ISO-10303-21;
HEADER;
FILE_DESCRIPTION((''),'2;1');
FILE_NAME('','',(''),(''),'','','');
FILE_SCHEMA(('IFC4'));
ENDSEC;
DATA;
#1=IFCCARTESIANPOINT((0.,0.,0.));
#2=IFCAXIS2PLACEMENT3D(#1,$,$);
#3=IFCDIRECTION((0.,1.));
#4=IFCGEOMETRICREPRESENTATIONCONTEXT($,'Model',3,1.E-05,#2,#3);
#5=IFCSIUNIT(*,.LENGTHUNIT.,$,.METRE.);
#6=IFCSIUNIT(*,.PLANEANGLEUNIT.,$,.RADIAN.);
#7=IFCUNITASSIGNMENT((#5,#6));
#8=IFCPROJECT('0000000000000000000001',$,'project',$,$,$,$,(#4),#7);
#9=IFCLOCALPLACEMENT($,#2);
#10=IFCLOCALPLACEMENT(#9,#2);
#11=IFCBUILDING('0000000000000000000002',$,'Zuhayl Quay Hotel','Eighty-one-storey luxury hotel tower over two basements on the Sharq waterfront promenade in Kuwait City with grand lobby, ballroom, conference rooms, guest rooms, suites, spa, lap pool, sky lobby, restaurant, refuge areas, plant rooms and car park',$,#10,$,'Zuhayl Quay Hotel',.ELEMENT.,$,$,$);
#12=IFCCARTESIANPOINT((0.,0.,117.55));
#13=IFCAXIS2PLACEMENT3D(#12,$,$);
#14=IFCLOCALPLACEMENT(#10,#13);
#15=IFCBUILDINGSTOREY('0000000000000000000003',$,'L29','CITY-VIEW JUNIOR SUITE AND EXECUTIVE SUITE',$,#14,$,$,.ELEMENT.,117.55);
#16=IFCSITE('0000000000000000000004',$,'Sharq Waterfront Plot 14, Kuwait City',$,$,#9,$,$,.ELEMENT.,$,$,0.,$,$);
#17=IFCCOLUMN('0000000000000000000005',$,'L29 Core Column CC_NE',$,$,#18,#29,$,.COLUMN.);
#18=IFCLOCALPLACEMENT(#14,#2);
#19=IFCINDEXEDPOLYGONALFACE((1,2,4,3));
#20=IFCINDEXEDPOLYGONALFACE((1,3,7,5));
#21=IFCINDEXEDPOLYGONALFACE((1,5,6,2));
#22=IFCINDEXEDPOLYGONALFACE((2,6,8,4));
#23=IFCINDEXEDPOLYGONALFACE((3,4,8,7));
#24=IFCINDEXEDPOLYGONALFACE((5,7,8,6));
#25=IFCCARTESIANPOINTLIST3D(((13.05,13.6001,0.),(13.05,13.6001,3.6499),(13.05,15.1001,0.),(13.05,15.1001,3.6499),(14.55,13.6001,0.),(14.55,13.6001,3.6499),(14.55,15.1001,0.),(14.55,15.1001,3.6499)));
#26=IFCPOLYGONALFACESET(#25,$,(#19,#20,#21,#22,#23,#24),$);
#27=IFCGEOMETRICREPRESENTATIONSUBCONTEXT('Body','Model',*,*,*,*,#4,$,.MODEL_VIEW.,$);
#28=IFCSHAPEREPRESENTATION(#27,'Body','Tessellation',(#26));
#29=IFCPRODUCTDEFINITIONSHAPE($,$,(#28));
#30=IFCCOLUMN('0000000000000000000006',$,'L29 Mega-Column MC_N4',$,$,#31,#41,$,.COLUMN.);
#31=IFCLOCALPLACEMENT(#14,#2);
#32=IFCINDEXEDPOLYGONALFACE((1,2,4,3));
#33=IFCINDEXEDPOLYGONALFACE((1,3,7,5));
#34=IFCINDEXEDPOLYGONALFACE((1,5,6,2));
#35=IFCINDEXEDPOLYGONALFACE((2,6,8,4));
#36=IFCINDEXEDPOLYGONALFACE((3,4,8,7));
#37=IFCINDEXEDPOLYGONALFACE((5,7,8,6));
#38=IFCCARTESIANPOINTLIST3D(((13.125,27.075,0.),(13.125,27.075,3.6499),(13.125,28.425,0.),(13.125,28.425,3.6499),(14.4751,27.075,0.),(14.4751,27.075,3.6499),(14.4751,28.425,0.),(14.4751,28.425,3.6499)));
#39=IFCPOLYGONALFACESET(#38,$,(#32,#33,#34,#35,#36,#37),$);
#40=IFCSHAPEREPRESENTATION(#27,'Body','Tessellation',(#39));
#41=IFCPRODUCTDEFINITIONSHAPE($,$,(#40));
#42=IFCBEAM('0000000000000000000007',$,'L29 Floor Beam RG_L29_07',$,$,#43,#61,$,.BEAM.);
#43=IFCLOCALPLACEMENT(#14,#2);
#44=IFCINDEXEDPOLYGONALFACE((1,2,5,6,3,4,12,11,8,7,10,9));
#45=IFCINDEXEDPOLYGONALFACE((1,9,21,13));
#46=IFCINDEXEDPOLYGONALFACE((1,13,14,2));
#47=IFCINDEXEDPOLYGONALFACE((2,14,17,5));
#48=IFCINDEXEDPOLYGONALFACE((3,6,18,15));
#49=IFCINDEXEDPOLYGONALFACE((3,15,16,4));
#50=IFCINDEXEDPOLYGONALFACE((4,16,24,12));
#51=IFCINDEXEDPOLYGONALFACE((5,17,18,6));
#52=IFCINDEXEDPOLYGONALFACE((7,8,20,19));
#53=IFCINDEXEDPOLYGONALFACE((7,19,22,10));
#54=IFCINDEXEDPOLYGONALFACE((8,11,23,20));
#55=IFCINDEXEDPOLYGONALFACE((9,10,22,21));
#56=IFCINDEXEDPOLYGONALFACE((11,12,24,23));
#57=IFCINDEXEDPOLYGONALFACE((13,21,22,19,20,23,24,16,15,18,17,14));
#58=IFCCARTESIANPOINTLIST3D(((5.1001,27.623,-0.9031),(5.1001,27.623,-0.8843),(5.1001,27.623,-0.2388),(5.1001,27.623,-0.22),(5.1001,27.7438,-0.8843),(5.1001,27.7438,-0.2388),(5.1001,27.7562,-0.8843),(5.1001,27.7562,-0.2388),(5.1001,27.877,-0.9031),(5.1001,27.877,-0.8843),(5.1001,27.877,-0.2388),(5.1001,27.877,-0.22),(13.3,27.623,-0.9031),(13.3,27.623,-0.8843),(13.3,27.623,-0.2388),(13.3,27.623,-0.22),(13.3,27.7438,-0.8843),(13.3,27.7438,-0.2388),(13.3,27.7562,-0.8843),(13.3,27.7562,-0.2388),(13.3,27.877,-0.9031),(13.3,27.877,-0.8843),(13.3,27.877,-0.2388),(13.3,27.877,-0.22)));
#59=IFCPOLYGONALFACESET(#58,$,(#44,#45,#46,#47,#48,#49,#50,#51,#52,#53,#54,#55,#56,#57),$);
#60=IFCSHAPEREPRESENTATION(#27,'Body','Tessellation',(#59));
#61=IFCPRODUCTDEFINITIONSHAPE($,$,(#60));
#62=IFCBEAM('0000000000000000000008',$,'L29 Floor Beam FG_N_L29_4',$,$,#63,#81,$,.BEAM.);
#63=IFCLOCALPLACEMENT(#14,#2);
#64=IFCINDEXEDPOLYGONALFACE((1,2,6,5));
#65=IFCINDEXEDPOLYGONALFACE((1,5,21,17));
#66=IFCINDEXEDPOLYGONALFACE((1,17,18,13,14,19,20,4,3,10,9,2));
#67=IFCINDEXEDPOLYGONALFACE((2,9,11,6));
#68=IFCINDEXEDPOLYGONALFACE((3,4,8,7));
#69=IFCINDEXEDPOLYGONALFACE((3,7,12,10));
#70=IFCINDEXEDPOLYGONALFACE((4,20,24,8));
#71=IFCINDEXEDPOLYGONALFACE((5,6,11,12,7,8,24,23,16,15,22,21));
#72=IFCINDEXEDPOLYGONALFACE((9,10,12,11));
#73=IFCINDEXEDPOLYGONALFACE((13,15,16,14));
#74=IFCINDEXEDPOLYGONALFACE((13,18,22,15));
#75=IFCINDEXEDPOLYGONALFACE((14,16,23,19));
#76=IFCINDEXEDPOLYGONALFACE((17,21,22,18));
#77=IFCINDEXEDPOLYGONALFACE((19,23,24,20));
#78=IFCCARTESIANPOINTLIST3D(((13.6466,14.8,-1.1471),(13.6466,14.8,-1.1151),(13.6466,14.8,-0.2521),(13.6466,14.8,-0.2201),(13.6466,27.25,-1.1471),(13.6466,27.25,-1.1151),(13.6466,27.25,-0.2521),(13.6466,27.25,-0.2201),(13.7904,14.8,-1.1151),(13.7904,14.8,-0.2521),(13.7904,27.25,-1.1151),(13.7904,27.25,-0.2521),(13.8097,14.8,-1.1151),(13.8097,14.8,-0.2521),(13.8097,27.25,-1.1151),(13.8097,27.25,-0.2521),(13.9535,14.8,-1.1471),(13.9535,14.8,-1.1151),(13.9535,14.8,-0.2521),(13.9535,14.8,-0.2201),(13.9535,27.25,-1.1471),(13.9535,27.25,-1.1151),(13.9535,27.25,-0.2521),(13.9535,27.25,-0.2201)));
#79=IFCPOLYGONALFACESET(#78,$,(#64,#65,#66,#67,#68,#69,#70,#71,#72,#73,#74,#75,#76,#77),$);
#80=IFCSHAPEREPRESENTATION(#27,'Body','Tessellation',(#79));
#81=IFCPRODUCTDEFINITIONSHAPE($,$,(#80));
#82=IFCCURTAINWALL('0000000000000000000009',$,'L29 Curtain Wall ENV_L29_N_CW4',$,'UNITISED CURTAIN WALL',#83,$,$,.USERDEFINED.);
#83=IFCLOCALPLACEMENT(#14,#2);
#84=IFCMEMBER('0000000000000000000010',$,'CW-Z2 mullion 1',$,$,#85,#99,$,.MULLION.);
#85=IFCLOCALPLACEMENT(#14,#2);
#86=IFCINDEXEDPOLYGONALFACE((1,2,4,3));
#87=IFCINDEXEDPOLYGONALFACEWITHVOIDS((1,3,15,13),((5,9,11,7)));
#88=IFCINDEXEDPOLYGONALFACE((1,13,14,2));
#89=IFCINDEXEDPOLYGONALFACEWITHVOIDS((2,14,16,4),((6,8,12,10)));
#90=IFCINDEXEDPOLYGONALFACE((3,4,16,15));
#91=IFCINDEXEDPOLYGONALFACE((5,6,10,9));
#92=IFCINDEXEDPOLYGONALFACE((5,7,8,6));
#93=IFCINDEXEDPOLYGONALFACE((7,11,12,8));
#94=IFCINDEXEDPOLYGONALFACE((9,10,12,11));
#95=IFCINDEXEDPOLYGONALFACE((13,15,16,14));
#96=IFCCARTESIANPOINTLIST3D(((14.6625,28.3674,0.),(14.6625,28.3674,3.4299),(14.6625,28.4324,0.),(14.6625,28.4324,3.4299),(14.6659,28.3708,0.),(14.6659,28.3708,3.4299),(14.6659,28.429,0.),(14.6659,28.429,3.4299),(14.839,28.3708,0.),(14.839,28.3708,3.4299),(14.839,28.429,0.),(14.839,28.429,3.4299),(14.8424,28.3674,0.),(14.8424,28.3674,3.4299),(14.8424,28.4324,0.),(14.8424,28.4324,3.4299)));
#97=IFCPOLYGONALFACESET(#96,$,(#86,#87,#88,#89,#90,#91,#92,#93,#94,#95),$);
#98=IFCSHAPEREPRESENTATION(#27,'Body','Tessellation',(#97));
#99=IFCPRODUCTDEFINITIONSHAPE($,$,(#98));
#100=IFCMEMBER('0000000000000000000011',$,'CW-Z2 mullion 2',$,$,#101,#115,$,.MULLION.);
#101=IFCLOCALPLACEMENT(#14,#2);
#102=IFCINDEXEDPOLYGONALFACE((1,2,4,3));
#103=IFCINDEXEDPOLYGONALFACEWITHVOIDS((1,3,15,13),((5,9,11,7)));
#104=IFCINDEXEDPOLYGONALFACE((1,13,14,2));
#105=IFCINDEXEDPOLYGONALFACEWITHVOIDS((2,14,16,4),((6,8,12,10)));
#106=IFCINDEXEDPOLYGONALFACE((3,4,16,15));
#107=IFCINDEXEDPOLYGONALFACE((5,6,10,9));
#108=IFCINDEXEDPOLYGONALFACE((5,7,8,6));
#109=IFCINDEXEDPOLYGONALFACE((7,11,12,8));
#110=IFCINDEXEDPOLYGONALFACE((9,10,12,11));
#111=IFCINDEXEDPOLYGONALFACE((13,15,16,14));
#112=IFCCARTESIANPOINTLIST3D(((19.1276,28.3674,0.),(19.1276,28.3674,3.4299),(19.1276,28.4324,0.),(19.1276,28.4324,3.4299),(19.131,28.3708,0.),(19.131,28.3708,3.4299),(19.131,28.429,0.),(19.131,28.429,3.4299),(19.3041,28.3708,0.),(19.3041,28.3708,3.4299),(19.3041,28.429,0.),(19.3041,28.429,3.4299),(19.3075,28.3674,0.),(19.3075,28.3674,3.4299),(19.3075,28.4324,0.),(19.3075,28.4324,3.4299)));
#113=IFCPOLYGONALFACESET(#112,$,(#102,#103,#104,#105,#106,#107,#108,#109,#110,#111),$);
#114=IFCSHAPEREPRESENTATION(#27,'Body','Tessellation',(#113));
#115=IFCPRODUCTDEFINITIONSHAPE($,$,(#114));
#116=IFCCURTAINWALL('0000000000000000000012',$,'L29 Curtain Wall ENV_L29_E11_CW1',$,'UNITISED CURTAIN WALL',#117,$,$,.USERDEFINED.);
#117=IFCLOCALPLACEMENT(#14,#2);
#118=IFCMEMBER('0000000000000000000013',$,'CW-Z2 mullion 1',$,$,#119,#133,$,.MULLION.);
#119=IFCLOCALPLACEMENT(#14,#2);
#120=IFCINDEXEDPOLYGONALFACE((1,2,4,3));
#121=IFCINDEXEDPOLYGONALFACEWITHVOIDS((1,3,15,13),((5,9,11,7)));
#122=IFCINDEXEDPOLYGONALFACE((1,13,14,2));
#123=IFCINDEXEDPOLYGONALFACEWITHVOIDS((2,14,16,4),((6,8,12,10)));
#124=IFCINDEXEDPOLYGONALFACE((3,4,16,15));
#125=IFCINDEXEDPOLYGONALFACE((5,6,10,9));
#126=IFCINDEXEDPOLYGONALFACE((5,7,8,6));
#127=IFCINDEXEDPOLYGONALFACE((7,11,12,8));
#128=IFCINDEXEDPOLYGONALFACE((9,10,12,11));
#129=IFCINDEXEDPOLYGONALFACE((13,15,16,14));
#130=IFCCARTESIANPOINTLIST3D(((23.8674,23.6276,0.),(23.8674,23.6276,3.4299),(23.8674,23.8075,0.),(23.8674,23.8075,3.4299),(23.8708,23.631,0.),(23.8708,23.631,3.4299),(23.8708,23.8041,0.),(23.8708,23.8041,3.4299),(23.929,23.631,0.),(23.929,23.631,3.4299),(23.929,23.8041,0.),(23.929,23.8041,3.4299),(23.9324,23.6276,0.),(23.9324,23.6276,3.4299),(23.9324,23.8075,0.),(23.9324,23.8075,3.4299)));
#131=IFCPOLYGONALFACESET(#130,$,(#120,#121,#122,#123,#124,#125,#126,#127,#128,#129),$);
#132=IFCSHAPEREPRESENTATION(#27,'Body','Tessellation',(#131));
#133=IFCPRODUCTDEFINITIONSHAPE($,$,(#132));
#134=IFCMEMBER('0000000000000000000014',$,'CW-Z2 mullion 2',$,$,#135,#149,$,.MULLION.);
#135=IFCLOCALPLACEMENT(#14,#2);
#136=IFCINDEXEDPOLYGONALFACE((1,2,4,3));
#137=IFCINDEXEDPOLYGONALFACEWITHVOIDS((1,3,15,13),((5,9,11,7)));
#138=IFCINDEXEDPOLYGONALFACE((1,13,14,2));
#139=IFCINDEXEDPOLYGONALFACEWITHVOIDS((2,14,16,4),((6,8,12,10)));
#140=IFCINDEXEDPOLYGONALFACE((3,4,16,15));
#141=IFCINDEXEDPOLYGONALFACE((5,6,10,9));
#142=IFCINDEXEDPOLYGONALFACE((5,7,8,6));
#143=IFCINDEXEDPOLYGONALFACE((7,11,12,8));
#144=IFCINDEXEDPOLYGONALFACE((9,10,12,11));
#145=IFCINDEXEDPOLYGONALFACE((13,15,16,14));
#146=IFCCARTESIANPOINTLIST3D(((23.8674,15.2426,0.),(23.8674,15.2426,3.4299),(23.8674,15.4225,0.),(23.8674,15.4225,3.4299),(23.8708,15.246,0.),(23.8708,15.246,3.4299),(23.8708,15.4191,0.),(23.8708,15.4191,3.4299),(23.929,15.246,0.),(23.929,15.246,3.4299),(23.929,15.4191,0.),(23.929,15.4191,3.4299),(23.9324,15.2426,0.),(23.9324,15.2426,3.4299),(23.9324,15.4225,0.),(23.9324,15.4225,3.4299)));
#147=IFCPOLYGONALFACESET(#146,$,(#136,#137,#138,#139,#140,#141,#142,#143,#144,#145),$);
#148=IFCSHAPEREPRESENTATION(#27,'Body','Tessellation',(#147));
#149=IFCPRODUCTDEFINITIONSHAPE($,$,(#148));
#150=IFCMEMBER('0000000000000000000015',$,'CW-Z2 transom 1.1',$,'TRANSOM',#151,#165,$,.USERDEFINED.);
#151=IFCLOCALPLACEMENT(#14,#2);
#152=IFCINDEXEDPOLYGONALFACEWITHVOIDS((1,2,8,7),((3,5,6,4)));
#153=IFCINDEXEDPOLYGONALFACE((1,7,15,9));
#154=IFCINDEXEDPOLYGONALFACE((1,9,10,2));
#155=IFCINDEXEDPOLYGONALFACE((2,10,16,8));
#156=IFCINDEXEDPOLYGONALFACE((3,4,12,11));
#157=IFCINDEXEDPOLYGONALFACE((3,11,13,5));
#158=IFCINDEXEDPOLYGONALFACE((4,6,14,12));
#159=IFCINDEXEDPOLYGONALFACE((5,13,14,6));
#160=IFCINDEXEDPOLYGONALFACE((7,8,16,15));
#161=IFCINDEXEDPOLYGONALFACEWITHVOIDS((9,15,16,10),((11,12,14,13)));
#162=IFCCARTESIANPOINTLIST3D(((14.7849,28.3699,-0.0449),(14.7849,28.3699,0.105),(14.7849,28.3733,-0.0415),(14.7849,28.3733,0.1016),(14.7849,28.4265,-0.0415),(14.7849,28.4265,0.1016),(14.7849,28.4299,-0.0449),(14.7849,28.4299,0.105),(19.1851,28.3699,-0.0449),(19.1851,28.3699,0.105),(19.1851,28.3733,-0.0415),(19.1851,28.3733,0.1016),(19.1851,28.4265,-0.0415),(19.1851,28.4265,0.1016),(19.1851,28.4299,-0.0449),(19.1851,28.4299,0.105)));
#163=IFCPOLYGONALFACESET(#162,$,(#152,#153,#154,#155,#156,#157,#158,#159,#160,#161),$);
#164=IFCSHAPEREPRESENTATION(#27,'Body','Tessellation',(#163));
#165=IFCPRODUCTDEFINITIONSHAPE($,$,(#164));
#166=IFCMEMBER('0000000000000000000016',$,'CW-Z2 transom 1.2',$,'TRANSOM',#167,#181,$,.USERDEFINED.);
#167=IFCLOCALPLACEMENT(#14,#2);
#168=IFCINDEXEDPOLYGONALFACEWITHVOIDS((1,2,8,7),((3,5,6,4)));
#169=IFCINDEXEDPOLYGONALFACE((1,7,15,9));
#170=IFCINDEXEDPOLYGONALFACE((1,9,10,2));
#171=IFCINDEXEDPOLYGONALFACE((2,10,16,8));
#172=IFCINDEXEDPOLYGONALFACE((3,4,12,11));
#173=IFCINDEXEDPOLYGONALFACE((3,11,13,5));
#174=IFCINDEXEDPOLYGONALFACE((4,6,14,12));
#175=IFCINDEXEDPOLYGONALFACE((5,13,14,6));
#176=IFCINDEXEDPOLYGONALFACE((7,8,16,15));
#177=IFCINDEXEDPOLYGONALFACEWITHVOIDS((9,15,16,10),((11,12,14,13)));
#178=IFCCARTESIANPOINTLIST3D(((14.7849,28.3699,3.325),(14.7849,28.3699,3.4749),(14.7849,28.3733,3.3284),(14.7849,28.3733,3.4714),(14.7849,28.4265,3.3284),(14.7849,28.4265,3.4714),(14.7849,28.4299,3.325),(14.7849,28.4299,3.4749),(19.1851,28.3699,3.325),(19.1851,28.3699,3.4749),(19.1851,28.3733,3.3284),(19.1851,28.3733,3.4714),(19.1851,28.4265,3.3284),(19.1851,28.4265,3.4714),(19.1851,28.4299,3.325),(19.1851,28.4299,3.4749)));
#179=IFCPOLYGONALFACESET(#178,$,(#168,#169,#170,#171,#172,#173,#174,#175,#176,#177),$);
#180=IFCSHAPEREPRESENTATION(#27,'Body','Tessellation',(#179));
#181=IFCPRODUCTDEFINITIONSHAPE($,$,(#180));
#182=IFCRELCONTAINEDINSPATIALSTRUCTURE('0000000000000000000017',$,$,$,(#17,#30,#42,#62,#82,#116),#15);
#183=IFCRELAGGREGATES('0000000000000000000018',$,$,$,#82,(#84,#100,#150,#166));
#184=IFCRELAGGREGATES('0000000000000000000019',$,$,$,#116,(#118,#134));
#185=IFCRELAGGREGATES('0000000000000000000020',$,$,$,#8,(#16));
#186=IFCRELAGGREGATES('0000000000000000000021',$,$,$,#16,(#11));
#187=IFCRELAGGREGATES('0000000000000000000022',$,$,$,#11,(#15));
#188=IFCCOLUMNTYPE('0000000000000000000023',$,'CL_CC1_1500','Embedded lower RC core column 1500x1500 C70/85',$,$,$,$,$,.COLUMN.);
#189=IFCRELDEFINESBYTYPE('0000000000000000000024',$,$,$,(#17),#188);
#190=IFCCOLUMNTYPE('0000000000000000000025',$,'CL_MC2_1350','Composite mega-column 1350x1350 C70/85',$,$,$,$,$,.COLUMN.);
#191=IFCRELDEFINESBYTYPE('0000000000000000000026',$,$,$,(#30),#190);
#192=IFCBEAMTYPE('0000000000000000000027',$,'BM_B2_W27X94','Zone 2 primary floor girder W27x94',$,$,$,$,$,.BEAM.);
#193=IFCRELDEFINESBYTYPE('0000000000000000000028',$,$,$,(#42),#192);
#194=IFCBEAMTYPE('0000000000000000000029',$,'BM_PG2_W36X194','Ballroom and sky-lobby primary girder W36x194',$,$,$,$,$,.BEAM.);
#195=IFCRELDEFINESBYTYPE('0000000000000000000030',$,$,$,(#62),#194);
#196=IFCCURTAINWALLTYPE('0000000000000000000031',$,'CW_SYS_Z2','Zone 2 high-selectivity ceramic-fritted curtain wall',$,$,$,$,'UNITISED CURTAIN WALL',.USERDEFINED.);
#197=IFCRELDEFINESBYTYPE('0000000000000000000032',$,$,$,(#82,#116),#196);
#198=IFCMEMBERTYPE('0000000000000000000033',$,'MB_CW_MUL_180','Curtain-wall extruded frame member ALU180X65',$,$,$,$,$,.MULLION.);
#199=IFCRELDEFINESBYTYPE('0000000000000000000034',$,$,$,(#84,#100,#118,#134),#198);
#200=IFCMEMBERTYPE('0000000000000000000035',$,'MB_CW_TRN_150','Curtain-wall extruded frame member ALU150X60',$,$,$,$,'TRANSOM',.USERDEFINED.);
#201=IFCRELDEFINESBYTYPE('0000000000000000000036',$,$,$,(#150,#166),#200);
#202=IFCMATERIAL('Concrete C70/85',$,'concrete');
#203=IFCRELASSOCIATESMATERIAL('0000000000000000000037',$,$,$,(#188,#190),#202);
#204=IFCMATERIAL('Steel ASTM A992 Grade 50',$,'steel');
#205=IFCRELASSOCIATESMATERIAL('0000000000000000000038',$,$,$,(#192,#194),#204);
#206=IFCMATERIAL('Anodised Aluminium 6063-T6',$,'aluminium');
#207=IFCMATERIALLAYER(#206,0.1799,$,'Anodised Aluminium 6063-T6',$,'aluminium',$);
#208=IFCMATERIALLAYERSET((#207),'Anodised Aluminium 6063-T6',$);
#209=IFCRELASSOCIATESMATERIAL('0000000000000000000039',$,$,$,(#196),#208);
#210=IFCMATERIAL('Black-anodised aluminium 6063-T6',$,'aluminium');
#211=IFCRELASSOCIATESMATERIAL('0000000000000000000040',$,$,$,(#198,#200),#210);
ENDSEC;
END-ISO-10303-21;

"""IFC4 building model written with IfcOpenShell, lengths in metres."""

from ifc_helpers import new_model, si_unit, direction, frame, origin, origin_2d, place, context, subcontext, project, spatial, rectangle, hollow_rectangle, i_section, extrude, material, layer, layer_set, material_profile, profile_set, type_object, element, aggregate, save


model = new_model("IFC4")

# Units and contexts
model_context = context("Model", 3, precision=1e-05, world=origin(), true_north=direction((0.0, 1.0)))
body_context = subcontext(model_context, "Body", "Model", "MODEL_VIEW")
ifc_project = project(units=[si_unit("LENGTHUNIT", "METRE"), si_unit("PLANEANGLEUNIT", "RADIAN")], contexts=[model_context])

# Site, building, storey
site_placement = place(None, origin())
site = spatial("IfcSite", under=ifc_project, at=site_placement, Name="Sharq Waterfront Plot 14, Kuwait City", CompositionType="ELEMENT", RefElevation=0.0)
building_placement = place(site_placement, origin())
building = spatial("IfcBuilding", under=site, at=building_placement, Name="Zuhayl Quay Hotel", Description="Eighty-one-storey luxury hotel tower over two basements on the Sharq waterfront promenade in Kuwait City with grand lobby, ballroom, conference rooms, guest rooms, suites, spa, lap pool, sky lobby, restaurant, refuge areas, plant rooms and car park", LongName="Zuhayl Quay Hotel", CompositionType="ELEMENT")
storey_placement = place(building_placement, frame((0.0, 0.0, 117.55)))
storey = spatial("IfcBuildingStorey", under=building, at=storey_placement, Name="L29", Description="CITY-VIEW JUNIOR SUITE AND EXECUTIVE SUITE", CompositionType="ELEMENT", Elevation=117.55)

# Columns
ifc_material_1 = material(Name="Concrete C70/85", Category="concrete")
ifc_material_profile_1 = material_profile(ifc_material_1, rectangle(XDim=1.5, YDim=1.5, at=origin_2d()), Name="RC1500X1500")
ifc_profile_set_1 = profile_set([ifc_material_profile_1], Name="Concrete C70/85")
column_type_1 = type_object("IfcColumnType", Name="CL_CC1_1500", Description="Embedded lower RC core column 1500x1500 C70/85", PredefinedType="COLUMN", material=ifc_profile_set_1)
column_1_placement = place(storey_placement, frame((13.8, 14.3501, 0.0), z_axis=(0.0, 0.0, 1.0), x_axis=(1.0, 0.0, 0.0)))
element("IfcColumn", 1, at=column_1_placement, inside=storey, type_object=column_type_1, Name="L29 Core Column CC_NE", PredefinedType="COLUMN", context=body_context, shape_type="SweptSolid", body=[
    extrude(rectangle(XDim=1.5, YDim=1.5, at=origin_2d()), origin(), (0.0, 0.0, 1.0), 3.6499),
])
ifc_material_profile_2 = material_profile(ifc_material_1, rectangle(XDim=1.3501, YDim=1.3501, at=origin_2d()), Name="RC1350X1350")
ifc_profile_set_2 = profile_set([ifc_material_profile_2], Name="Concrete C70/85")
column_type_2 = type_object("IfcColumnType", Name="CL_MC2_1350", Description="Composite mega-column 1350x1350 C70/85", PredefinedType="COLUMN", material=ifc_profile_set_2)
column_2_placement = place(storey_placement, frame((13.8, 27.75, 0.0), z_axis=(0.0, 0.0, 1.0), x_axis=(1.0, 0.0, 0.0)))
element("IfcColumn", 2, at=column_2_placement, inside=storey, type_object=column_type_2, Name="L29 Mega-Column MC_N4", PredefinedType="COLUMN", context=body_context, shape_type="SweptSolid", body=[
    extrude(rectangle(XDim=1.3501, YDim=1.3501, at=origin_2d()), origin(), (0.0, 0.0, 1.0), 3.6499),
])

# Beams
ifc_material_2 = material(Name="Steel ASTM A992 Grade 50", Category="steel")
ifc_material_profile_3 = material_profile(ifc_material_2, i_section(OverallWidth=0.2539, OverallDepth=0.6831, WebThickness=0.0125, FlangeThickness=0.0188, at=origin_2d()), Name="W27X94")
ifc_profile_set_3 = profile_set([ifc_material_profile_3], Name="Steel ASTM A992 Grade 50")
beam_type_1 = type_object("IfcBeamType", Name="BM_B2_W27X94", Description="Zone 2 primary floor girder W27x94", PredefinedType="BEAM", material=ifc_profile_set_3)
beam_1_placement = place(storey_placement, frame((13.3, 27.75, -0.5615), z_axis=(-1.0, 0.0, 0.0), x_axis=(0.0, -1.0, 0.0)))
element("IfcBeam", 3, at=beam_1_placement, inside=storey, type_object=beam_type_1, Name="L29 Floor Beam RG_L29_07", PredefinedType="BEAM", context=body_context, shape_type="SweptSolid", body=[
    extrude(i_section(OverallWidth=0.2539, OverallDepth=0.6831, WebThickness=0.0125, FlangeThickness=0.0188, at=origin_2d()), origin(), (0.0, 0.0, 1.0), 8.2),
])
ifc_material_profile_4 = material_profile(ifc_material_2, i_section(OverallWidth=0.3069, OverallDepth=0.927, WebThickness=0.0193, FlangeThickness=0.032, at=origin_2d()), Name="W36X194")
ifc_profile_set_4 = profile_set([ifc_material_profile_4], Name="Steel ASTM A992 Grade 50")
beam_type_2 = type_object("IfcBeamType", Name="BM_PG2_W36X194", Description="Ballroom and sky-lobby primary girder W36x194", PredefinedType="BEAM", material=ifc_profile_set_4)
beam_2_placement = place(storey_placement, frame((13.8, 14.8, -0.6836), z_axis=(0.0, 1.0, 0.0), x_axis=(-1.0, 0.0, 0.0)))
element("IfcBeam", 4, at=beam_2_placement, inside=storey, type_object=beam_type_2, Name="L29 Floor Beam FG_N_L29_4", PredefinedType="BEAM", context=body_context, shape_type="SweptSolid", body=[
    extrude(i_section(OverallWidth=0.3069, OverallDepth=0.927, WebThickness=0.0193, FlangeThickness=0.032, at=origin_2d()), origin(), (0.0, 0.0, 1.0), 12.45),
])

# Curtain walls, members
ifc_material_3 = material(Name="Anodised Aluminium 6063-T6", Category="aluminium")
ifc_layer_1 = layer(ifc_material_3, 0.1799, Name="Anodised Aluminium 6063-T6", Category="aluminium")
ifc_layer_set_1 = layer_set([ifc_layer_1], Name="Anodised Aluminium 6063-T6")
curtain_wall_type = type_object("IfcCurtainWallType", Name="CW_SYS_Z2", Description="Zone 2 high-selectivity ceramic-fritted curtain wall", ElementType="UNITISED CURTAIN WALL", PredefinedType="USERDEFINED", material=ifc_layer_set_1)
curtain_wall_1_placement = place(storey_placement, origin())
curtain_wall_1 = element("IfcCurtainWall", 5, at=curtain_wall_1_placement, inside=storey, type_object=curtain_wall_type, Name="L29 Curtain Wall ENV_L29_N_CW4", ObjectType="UNITISED CURTAIN WALL", PredefinedType="USERDEFINED")
ifc_material_4 = material(Name="Black-anodised aluminium 6063-T6", Category="aluminium")
ifc_material_profile_5 = material_profile(ifc_material_4, hollow_rectangle(XDim=0.0649, YDim=0.1799, WallThickness=0.0034, at=origin_2d()), Name="ALU180X65")
ifc_profile_set_5 = profile_set([ifc_material_profile_5], Name="Black-anodised aluminium 6063-T6")
member_type_1 = type_object("IfcMemberType", Name="MB_CW_MUL_180", Description="Curtain-wall extruded frame member ALU180X65", PredefinedType="MULLION", material=ifc_profile_set_5)
member_1_placement = place(storey_placement, frame((14.7524, 28.3999, 0.0), z_axis=(0.0, 0.0, 1.0), x_axis=(0.0, 1.0, 0.0)))
member_1 = element("IfcMember", 6, at=member_1_placement, type_object=member_type_1, Name="CW-Z2 mullion 1", PredefinedType="MULLION", context=body_context, shape_type="SweptSolid", body=[
    extrude(hollow_rectangle(XDim=0.0649, YDim=0.1799, WallThickness=0.0034, at=origin_2d()), origin(), (0.0, 0.0, 1.0), 3.4299),
])
member_2_placement = place(storey_placement, frame((19.2175, 28.3999, 0.0), z_axis=(0.0, 0.0, 1.0), x_axis=(0.0, 1.0, 0.0)))
member_2 = element("IfcMember", 7, at=member_2_placement, type_object=member_type_1, Name="CW-Z2 mullion 2", PredefinedType="MULLION", context=body_context, shape_type="SweptSolid", body=[
    extrude(hollow_rectangle(XDim=0.0649, YDim=0.1799, WallThickness=0.0034, at=origin_2d()), origin(), (0.0, 0.0, 1.0), 3.4299),
])
curtain_wall_2_placement = place(storey_placement, origin())
curtain_wall_2 = element("IfcCurtainWall", 8, at=curtain_wall_2_placement, inside=storey, type_object=curtain_wall_type, Name="L29 Curtain Wall ENV_L29_E11_CW1", ObjectType="UNITISED CURTAIN WALL", PredefinedType="USERDEFINED")
member_3_placement = place(storey_placement, frame((23.8999, 23.7175, 0.0), z_axis=(0.0, 0.0, 1.0), x_axis=(1.0, 0.0, 0.0)))
member_3 = element("IfcMember", 9, at=member_3_placement, type_object=member_type_1, Name="CW-Z2 mullion 1", PredefinedType="MULLION", context=body_context, shape_type="SweptSolid", body=[
    extrude(hollow_rectangle(XDim=0.0649, YDim=0.1799, WallThickness=0.0034, at=origin_2d()), origin(), (0.0, 0.0, 1.0), 3.4299),
])
member_4_placement = place(storey_placement, frame((23.8999, 15.3325, 0.0), z_axis=(0.0, 0.0, 1.0), x_axis=(1.0, 0.0, 0.0)))
member_4 = element("IfcMember", 10, at=member_4_placement, type_object=member_type_1, Name="CW-Z2 mullion 2", PredefinedType="MULLION", context=body_context, shape_type="SweptSolid", body=[
    extrude(hollow_rectangle(XDim=0.0649, YDim=0.1799, WallThickness=0.0034, at=origin_2d()), origin(), (0.0, 0.0, 1.0), 3.4299),
])

# Members
ifc_material_profile_6 = material_profile(ifc_material_4, hollow_rectangle(XDim=0.0601, YDim=0.1499, WallThickness=0.0034, at=origin_2d()), Name="ALU150X60")
ifc_profile_set_6 = profile_set([ifc_material_profile_6], Name="Black-anodised aluminium 6063-T6")
member_type_2 = type_object("IfcMemberType", Name="MB_CW_TRN_150", Description="Curtain-wall extruded frame member ALU150X60", ElementType="TRANSOM", PredefinedType="USERDEFINED", material=ifc_profile_set_6)
member_5_placement = place(storey_placement, frame((14.7849, 28.3999, 0.03), z_axis=(1.0, 0.0, 0.0), x_axis=(0.0, 1.0, 0.0)))
member_5 = element("IfcMember", 11, at=member_5_placement, type_object=member_type_2, Name="CW-Z2 transom 1.1", ObjectType="TRANSOM", PredefinedType="USERDEFINED", context=body_context, shape_type="SweptSolid", body=[
    extrude(hollow_rectangle(XDim=0.0601, YDim=0.1499, WallThickness=0.0034, at=origin_2d()), origin(), (0.0, 0.0, 1.0), 4.4001),
])
member_6_placement = place(storey_placement, frame((14.7849, 28.3999, 3.3999), z_axis=(1.0, 0.0, 0.0), x_axis=(0.0, 1.0, 0.0)))
member_6 = element("IfcMember", 12, at=member_6_placement, type_object=member_type_2, Name="CW-Z2 transom 1.2", ObjectType="TRANSOM", PredefinedType="USERDEFINED", context=body_context, shape_type="SweptSolid", body=[
    extrude(hollow_rectangle(XDim=0.0601, YDim=0.1499, WallThickness=0.0034, at=origin_2d()), origin(), (0.0, 0.0, 1.0), 4.4001),
])

aggregate(curtain_wall_1, [member_1, member_2, member_5, member_6])
aggregate(curtain_wall_2, [member_3, member_4])

save(model, "model.ifc")
